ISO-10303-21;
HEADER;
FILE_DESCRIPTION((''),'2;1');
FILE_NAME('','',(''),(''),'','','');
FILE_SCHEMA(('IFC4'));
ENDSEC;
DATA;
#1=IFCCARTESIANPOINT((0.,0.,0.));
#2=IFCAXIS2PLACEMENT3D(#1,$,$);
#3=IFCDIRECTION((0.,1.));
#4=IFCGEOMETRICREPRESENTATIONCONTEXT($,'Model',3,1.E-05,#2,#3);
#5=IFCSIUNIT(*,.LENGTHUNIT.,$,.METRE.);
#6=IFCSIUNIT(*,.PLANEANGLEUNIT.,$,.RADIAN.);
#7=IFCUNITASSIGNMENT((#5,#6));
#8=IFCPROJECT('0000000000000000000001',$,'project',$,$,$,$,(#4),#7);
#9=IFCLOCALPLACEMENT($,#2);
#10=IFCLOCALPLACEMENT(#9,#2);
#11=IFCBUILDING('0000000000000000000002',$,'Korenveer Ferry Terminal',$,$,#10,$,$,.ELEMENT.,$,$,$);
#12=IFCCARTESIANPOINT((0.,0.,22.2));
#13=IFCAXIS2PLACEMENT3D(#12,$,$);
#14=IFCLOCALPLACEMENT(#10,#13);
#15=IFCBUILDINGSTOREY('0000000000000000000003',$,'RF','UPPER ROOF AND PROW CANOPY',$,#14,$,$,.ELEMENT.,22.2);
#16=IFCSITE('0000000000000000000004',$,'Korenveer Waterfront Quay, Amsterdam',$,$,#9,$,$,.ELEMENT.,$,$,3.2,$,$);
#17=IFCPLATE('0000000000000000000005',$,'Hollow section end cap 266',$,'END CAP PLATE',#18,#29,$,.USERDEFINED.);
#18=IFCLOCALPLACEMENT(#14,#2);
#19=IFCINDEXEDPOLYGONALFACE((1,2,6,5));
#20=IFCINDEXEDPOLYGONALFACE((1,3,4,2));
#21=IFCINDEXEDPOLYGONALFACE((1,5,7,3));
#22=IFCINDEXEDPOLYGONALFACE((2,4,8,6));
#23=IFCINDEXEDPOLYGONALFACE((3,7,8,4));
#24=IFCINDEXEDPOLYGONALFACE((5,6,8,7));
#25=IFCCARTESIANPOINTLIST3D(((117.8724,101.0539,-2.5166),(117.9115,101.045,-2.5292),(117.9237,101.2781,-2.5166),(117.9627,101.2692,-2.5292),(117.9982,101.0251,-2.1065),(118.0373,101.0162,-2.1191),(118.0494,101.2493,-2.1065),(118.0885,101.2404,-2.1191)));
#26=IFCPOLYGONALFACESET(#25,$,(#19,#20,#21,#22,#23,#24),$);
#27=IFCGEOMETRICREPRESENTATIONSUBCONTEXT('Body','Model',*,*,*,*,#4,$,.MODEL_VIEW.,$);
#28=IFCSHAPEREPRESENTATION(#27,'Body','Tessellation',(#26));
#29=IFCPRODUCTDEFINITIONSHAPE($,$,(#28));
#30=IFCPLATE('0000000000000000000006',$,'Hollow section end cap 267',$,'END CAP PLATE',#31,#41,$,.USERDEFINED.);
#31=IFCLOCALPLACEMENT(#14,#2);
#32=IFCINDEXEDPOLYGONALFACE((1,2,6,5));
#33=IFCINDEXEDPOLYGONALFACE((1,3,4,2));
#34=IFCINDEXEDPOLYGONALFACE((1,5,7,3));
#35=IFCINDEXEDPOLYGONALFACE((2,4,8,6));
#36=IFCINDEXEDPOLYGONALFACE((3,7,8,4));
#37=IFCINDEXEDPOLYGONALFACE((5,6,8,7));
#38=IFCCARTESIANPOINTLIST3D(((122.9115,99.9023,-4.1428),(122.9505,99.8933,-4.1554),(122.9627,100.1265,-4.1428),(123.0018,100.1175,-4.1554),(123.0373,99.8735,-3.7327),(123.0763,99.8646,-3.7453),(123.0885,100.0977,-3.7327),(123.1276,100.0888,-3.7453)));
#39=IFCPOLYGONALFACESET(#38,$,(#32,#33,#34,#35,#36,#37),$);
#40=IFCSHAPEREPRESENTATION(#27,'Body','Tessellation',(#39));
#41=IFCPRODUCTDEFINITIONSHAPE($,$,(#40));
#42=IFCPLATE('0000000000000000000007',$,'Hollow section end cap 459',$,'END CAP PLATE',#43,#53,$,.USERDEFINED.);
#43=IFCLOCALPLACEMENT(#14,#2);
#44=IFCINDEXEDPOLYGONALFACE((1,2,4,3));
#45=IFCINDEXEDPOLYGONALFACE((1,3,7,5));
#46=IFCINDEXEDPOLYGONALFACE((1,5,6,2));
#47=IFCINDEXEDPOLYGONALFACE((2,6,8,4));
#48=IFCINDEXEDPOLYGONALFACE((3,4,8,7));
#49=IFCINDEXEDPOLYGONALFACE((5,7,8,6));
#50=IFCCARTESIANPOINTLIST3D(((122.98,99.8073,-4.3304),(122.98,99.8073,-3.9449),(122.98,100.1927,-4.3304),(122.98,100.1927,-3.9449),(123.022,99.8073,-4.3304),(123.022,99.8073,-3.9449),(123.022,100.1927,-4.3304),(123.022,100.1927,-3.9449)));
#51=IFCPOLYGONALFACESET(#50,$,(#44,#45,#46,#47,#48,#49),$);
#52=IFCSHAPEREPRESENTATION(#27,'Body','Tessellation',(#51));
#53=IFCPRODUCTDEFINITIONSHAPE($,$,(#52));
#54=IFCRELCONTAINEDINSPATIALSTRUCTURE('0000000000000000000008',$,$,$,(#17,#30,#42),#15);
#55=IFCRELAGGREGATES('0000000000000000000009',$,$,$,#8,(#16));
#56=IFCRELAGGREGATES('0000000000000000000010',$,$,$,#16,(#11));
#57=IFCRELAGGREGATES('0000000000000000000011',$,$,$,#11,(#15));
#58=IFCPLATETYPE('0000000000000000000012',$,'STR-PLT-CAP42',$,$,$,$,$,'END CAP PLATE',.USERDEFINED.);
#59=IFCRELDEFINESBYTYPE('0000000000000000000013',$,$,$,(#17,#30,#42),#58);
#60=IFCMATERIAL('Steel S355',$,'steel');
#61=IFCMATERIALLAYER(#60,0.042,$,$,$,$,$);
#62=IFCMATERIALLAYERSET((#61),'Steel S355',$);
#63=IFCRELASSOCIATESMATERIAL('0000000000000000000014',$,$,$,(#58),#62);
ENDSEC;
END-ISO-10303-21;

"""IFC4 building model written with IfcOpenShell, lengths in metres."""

from ifc_helpers import new_model, si_unit, direction, frame, origin, origin_2d, place, context, subcontext, project, spatial, rectangle, extrude, material, layer, layer_set, type_object, element, save


model = new_model("IFC4")

# Units and contexts
model_context = context("Model", 3, precision=1e-05, world=origin(), true_north=direction((0.0, 1.0)))
body_context = subcontext(model_context, "Body", "Model", "MODEL_VIEW")
ifc_project = project(units=[si_unit("LENGTHUNIT", "METRE"), si_unit("PLANEANGLEUNIT", "RADIAN")], contexts=[model_context])

# Site, building, storey
site_placement = place(None, origin())
site = spatial("IfcSite", under=ifc_project, at=site_placement, Name="Korenveer Waterfront Quay, Amsterdam", CompositionType="ELEMENT", RefElevation=3.2)
building_placement = place(site_placement, origin())
building = spatial("IfcBuilding", under=site, at=building_placement, Name="Korenveer Ferry Terminal", CompositionType="ELEMENT")
storey_placement = place(building_placement, frame((0.0, 0.0, 22.2)))
storey = spatial("IfcBuildingStorey", under=building, at=storey_placement, Name="RF", Description="UPPER ROOF AND PROW CANOPY", CompositionType="ELEMENT", Elevation=22.2)

# Shared definitions
ifc_material_1 = material(Name="Steel S355", Category="steel")

# Plates
ifc_layer_1 = layer(ifc_material_1, 0.042)
ifc_layer_set_1 = layer_set([ifc_layer_1], Name="Steel S355")
plate_type_1 = type_object("IfcPlateType", Name="STR-PLT-CAP42", ElementType="END CAP PLATE", PredefinedType="USERDEFINED", material=ifc_layer_set_1)
for number, where, z_axis, x_axis, name in (
    (1, (117.9609, 101.1516, -2.3115), (0.92993, -0.212555, -0.300085), (0.222825, 0.974859, 0.0), "Hollow section end cap 266"),
    (2, (123.0, 100.0, -3.9377), (0.92993, -0.212555, -0.300085), (0.222825, 0.974859, 0.0), "Hollow section end cap 267"),
):
    element("IfcPlate", number, at=place(storey_placement, frame(where, z_axis=z_axis, x_axis=x_axis)), inside=storey, type_object=plate_type_1, Name=name, ObjectType="END CAP PLATE", PredefinedType="USERDEFINED", context=body_context, shape_type="SweptSolid", body=[
        extrude(rectangle(XDim=0.23, YDim=0.4299, at=origin_2d()), origin(), (0.0, 0.0, 1.0), 0.042),
    ])
plate_placement = place(storey_placement, frame((122.98, 100.0, -4.1377), z_axis=(1.0, 0.0, 0.0), x_axis=(0.0, 1.0, 0.0)))
element("IfcPlate", 3, at=plate_placement, inside=storey, type_object=plate_type_1, Name="Hollow section end cap 459", ObjectType="END CAP PLATE", PredefinedType="USERDEFINED", context=body_context, shape_type="SweptSolid", body=[
    extrude(rectangle(XDim=0.3855, YDim=0.3855, at=origin_2d()), origin(), (0.0, 0.0, 1.0), 0.042),
])

save(model, "model.ifc")
